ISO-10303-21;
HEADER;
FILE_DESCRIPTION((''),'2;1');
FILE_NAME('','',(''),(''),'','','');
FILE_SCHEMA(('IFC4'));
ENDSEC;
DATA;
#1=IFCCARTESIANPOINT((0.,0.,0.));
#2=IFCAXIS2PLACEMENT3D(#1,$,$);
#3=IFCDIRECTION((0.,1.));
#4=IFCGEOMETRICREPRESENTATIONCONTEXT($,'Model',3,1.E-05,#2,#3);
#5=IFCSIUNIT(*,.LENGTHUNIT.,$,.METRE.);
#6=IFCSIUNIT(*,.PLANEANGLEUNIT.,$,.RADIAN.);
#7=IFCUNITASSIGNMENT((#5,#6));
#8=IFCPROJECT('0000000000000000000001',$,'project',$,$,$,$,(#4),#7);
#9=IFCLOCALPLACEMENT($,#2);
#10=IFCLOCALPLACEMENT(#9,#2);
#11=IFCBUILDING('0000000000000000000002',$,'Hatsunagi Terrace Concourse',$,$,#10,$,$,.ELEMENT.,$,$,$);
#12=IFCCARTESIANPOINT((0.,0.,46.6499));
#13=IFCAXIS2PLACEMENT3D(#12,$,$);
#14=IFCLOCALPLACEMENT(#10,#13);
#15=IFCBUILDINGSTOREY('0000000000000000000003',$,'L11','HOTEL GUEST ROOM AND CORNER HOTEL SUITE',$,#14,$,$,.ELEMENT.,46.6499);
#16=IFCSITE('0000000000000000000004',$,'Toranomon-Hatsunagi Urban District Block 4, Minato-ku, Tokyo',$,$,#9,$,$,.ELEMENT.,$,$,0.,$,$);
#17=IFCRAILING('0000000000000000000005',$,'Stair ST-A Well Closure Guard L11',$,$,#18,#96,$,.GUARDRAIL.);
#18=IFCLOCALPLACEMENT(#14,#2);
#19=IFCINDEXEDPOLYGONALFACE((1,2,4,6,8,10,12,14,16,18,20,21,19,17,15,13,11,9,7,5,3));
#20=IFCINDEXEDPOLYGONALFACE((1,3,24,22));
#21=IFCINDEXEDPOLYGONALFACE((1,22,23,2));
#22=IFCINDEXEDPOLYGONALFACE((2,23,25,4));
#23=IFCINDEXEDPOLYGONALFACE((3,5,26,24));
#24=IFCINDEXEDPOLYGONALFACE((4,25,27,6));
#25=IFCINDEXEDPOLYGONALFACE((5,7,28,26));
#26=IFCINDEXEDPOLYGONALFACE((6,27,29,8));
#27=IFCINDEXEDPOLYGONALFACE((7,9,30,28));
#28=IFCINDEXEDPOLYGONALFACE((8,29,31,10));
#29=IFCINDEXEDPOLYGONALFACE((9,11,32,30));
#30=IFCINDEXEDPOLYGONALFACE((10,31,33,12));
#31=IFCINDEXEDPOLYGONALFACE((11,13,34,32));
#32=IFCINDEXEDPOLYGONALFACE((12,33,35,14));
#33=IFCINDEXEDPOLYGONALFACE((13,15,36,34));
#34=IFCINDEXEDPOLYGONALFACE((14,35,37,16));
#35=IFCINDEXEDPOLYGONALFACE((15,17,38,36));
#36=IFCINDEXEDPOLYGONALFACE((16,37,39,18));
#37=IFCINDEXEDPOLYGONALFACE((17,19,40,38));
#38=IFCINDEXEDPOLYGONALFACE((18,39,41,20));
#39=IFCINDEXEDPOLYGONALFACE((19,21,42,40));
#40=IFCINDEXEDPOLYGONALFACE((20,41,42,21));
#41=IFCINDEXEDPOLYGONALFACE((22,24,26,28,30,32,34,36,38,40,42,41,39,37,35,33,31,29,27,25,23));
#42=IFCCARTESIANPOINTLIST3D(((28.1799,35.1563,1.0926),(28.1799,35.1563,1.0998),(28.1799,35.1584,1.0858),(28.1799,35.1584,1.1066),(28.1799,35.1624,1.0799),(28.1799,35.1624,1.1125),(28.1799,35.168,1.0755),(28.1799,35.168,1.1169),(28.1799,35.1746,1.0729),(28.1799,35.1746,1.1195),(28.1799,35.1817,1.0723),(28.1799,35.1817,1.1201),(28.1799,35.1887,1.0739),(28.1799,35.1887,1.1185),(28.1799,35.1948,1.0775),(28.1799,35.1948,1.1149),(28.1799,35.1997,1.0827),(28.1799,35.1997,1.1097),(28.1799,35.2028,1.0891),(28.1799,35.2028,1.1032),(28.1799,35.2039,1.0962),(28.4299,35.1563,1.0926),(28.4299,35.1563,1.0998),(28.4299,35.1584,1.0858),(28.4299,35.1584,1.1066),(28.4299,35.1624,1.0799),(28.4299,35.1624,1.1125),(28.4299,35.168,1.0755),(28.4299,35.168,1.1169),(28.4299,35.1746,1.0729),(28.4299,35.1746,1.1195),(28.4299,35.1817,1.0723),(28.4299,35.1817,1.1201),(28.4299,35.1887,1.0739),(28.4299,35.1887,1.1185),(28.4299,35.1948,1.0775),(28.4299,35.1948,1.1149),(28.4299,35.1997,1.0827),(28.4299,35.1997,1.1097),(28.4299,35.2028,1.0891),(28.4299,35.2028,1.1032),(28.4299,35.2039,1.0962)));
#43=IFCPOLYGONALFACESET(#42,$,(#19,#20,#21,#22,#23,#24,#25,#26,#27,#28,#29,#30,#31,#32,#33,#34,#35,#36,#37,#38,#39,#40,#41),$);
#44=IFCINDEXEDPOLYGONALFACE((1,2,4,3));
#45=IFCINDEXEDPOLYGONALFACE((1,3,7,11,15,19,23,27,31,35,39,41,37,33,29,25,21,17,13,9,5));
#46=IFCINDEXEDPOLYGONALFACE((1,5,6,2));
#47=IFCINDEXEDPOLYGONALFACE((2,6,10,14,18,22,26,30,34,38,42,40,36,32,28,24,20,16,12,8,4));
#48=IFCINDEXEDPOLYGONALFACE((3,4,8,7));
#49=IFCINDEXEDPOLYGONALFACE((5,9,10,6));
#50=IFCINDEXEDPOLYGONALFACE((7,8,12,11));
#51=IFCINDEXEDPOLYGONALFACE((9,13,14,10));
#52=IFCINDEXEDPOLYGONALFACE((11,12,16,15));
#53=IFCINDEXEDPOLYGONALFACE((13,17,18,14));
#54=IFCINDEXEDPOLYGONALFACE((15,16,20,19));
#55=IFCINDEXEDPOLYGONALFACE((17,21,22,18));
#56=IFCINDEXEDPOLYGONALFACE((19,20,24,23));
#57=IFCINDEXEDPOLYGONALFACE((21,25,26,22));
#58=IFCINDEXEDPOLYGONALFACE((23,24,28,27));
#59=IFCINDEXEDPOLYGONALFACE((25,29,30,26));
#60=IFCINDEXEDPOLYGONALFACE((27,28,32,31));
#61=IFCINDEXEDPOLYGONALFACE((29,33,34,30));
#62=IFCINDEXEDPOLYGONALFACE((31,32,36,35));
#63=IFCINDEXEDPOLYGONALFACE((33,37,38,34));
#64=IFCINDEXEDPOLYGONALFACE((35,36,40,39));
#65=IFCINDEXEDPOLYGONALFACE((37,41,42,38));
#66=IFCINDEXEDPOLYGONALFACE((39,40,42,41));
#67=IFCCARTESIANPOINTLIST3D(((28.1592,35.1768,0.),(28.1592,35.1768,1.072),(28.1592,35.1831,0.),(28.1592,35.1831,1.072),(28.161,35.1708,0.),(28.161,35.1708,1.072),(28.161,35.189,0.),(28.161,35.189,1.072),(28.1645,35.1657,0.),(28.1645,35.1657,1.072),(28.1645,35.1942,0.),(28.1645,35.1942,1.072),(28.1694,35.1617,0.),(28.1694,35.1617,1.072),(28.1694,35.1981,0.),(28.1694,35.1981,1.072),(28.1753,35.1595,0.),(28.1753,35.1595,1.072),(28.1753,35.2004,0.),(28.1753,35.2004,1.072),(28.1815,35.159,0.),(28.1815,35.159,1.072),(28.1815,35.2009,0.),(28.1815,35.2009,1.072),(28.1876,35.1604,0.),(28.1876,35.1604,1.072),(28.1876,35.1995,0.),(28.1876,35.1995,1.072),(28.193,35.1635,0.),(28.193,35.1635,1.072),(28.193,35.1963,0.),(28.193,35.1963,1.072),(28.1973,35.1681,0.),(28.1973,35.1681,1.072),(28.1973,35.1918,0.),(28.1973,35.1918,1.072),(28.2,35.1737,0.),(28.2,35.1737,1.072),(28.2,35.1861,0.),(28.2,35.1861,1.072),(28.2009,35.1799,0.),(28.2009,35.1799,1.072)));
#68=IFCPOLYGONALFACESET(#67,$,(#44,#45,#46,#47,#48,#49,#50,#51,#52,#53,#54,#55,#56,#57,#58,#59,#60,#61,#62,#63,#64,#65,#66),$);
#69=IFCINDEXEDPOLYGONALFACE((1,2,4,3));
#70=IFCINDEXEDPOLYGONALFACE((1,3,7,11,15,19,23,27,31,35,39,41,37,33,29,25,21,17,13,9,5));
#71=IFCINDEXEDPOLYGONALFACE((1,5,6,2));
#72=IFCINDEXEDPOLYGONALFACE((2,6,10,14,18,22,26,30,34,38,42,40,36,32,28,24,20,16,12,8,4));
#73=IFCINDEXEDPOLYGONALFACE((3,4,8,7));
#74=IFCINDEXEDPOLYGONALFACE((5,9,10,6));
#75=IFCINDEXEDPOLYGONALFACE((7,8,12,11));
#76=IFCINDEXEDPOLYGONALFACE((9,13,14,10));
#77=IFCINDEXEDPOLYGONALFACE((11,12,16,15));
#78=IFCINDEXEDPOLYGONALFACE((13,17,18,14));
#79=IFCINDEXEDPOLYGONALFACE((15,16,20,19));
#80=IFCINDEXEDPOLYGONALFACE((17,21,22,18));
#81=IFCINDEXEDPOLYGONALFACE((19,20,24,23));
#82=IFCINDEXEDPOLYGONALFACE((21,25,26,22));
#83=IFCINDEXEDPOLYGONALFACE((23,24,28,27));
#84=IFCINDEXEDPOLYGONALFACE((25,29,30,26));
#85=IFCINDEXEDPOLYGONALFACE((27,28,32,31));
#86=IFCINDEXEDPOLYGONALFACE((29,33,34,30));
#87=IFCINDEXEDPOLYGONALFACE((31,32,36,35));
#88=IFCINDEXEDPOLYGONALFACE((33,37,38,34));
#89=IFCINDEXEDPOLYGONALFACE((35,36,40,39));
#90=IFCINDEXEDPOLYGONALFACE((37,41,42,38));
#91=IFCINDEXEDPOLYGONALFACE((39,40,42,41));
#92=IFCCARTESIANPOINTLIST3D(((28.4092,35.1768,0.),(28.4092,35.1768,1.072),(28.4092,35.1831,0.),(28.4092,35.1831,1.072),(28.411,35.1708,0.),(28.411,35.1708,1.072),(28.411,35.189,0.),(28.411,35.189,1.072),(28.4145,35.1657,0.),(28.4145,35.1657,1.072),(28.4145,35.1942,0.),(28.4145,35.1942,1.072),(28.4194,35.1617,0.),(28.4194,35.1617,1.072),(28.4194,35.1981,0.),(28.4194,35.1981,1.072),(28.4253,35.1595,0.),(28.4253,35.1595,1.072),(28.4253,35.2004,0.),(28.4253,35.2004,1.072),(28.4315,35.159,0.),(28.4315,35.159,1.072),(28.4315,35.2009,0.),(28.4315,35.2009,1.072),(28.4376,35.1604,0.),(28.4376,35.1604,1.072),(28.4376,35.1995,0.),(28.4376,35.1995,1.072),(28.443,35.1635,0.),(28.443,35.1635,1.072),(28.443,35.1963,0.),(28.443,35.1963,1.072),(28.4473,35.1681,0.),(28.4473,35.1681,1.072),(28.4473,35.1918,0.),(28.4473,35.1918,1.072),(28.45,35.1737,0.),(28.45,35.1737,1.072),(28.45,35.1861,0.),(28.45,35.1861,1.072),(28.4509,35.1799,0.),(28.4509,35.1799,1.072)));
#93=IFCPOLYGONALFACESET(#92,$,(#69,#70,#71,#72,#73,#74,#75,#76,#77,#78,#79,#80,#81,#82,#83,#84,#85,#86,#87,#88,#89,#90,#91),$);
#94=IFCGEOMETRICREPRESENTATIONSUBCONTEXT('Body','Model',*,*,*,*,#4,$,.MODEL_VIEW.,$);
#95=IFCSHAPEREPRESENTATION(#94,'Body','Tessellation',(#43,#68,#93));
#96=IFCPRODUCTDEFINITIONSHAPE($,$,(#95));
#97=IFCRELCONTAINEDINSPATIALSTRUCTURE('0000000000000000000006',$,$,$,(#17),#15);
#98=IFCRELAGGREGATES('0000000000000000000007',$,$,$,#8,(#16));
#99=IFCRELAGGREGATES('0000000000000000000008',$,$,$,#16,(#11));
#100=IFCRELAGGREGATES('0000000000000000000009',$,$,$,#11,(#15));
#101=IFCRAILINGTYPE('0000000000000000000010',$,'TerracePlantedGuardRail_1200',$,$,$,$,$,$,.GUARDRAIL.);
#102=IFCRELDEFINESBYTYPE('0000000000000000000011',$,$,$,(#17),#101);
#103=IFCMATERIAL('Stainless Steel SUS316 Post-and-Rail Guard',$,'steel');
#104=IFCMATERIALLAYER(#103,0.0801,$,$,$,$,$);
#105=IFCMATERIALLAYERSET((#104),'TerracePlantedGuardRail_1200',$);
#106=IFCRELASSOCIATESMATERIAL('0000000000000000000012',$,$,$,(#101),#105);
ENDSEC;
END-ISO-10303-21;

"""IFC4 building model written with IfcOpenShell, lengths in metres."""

from ifc_helpers import new_model, si_unit, direction, frame, origin, origin_2d, place, context, subcontext, project, spatial, circle, extrude, material, layer, layer_set, type_object, element, save


model = new_model("IFC4")

# Units and contexts
model_context = context("Model", 3, precision=1e-05, world=origin(), true_north=direction((0.0, 1.0)))
body_context = subcontext(model_context, "Body", "Model", "MODEL_VIEW")
ifc_project = project(units=[si_unit("LENGTHUNIT", "METRE"), si_unit("PLANEANGLEUNIT", "RADIAN")], contexts=[model_context])

# Site, building, storey
site_placement = place(None, origin())
site = spatial("IfcSite", under=ifc_project, at=site_placement, Name="Toranomon-Hatsunagi Urban District Block 4, Minato-ku, Tokyo", CompositionType="ELEMENT", RefElevation=0.0)
building_placement = place(site_placement, origin())
building = spatial("IfcBuilding", under=site, at=building_placement, Name="Hatsunagi Terrace Concourse", CompositionType="ELEMENT")
storey_placement = place(building_placement, frame((0.0, 0.0, 46.6499)))
storey = spatial("IfcBuildingStorey", under=building, at=storey_placement, Name="L11", Description="HOTEL GUEST ROOM AND CORNER HOTEL SUITE", CompositionType="ELEMENT", Elevation=46.6499)

# Railing
ifc_material_1 = material(Name="Stainless Steel SUS316 Post-and-Rail Guard", Category="steel")
ifc_layer_1 = layer(ifc_material_1, 0.0801)
ifc_layer_set_1 = layer_set([ifc_layer_1], Name="TerracePlantedGuardRail_1200")
railing_type_1 = type_object("IfcRailingType", Name="TerracePlantedGuardRail_1200", PredefinedType="GUARDRAIL", material=ifc_layer_set_1)
railing_1_placement = place(storey_placement, frame((28.1799, 35.1799, 0.0)))
element("IfcRailing", 1, at=railing_1_placement, inside=storey, type_object=railing_type_1, Name="Stair ST-A Well Closure Guard L11", PredefinedType="GUARDRAIL", context=body_context, shape_type="SweptSolid", body=[
    extrude(circle(Radius=0.0239, at=origin_2d()), frame((0.0, 0.0, 1.0962), z_axis=(1.0, 0.0, 0.0), x_axis=(0.0, 1.0, 0.0)), (0.0, 0.0, 1.0), 0.25),
    extrude(circle(Radius=0.021, at=origin_2d()), origin(), (0.0, 0.0, 1.0), 1.072),
    extrude(circle(Radius=0.021, at=origin_2d()), frame((0.25, 0.0, 0.0)), (0.0, 0.0, 1.0), 1.072),
])

save(model, "model.ifc")
